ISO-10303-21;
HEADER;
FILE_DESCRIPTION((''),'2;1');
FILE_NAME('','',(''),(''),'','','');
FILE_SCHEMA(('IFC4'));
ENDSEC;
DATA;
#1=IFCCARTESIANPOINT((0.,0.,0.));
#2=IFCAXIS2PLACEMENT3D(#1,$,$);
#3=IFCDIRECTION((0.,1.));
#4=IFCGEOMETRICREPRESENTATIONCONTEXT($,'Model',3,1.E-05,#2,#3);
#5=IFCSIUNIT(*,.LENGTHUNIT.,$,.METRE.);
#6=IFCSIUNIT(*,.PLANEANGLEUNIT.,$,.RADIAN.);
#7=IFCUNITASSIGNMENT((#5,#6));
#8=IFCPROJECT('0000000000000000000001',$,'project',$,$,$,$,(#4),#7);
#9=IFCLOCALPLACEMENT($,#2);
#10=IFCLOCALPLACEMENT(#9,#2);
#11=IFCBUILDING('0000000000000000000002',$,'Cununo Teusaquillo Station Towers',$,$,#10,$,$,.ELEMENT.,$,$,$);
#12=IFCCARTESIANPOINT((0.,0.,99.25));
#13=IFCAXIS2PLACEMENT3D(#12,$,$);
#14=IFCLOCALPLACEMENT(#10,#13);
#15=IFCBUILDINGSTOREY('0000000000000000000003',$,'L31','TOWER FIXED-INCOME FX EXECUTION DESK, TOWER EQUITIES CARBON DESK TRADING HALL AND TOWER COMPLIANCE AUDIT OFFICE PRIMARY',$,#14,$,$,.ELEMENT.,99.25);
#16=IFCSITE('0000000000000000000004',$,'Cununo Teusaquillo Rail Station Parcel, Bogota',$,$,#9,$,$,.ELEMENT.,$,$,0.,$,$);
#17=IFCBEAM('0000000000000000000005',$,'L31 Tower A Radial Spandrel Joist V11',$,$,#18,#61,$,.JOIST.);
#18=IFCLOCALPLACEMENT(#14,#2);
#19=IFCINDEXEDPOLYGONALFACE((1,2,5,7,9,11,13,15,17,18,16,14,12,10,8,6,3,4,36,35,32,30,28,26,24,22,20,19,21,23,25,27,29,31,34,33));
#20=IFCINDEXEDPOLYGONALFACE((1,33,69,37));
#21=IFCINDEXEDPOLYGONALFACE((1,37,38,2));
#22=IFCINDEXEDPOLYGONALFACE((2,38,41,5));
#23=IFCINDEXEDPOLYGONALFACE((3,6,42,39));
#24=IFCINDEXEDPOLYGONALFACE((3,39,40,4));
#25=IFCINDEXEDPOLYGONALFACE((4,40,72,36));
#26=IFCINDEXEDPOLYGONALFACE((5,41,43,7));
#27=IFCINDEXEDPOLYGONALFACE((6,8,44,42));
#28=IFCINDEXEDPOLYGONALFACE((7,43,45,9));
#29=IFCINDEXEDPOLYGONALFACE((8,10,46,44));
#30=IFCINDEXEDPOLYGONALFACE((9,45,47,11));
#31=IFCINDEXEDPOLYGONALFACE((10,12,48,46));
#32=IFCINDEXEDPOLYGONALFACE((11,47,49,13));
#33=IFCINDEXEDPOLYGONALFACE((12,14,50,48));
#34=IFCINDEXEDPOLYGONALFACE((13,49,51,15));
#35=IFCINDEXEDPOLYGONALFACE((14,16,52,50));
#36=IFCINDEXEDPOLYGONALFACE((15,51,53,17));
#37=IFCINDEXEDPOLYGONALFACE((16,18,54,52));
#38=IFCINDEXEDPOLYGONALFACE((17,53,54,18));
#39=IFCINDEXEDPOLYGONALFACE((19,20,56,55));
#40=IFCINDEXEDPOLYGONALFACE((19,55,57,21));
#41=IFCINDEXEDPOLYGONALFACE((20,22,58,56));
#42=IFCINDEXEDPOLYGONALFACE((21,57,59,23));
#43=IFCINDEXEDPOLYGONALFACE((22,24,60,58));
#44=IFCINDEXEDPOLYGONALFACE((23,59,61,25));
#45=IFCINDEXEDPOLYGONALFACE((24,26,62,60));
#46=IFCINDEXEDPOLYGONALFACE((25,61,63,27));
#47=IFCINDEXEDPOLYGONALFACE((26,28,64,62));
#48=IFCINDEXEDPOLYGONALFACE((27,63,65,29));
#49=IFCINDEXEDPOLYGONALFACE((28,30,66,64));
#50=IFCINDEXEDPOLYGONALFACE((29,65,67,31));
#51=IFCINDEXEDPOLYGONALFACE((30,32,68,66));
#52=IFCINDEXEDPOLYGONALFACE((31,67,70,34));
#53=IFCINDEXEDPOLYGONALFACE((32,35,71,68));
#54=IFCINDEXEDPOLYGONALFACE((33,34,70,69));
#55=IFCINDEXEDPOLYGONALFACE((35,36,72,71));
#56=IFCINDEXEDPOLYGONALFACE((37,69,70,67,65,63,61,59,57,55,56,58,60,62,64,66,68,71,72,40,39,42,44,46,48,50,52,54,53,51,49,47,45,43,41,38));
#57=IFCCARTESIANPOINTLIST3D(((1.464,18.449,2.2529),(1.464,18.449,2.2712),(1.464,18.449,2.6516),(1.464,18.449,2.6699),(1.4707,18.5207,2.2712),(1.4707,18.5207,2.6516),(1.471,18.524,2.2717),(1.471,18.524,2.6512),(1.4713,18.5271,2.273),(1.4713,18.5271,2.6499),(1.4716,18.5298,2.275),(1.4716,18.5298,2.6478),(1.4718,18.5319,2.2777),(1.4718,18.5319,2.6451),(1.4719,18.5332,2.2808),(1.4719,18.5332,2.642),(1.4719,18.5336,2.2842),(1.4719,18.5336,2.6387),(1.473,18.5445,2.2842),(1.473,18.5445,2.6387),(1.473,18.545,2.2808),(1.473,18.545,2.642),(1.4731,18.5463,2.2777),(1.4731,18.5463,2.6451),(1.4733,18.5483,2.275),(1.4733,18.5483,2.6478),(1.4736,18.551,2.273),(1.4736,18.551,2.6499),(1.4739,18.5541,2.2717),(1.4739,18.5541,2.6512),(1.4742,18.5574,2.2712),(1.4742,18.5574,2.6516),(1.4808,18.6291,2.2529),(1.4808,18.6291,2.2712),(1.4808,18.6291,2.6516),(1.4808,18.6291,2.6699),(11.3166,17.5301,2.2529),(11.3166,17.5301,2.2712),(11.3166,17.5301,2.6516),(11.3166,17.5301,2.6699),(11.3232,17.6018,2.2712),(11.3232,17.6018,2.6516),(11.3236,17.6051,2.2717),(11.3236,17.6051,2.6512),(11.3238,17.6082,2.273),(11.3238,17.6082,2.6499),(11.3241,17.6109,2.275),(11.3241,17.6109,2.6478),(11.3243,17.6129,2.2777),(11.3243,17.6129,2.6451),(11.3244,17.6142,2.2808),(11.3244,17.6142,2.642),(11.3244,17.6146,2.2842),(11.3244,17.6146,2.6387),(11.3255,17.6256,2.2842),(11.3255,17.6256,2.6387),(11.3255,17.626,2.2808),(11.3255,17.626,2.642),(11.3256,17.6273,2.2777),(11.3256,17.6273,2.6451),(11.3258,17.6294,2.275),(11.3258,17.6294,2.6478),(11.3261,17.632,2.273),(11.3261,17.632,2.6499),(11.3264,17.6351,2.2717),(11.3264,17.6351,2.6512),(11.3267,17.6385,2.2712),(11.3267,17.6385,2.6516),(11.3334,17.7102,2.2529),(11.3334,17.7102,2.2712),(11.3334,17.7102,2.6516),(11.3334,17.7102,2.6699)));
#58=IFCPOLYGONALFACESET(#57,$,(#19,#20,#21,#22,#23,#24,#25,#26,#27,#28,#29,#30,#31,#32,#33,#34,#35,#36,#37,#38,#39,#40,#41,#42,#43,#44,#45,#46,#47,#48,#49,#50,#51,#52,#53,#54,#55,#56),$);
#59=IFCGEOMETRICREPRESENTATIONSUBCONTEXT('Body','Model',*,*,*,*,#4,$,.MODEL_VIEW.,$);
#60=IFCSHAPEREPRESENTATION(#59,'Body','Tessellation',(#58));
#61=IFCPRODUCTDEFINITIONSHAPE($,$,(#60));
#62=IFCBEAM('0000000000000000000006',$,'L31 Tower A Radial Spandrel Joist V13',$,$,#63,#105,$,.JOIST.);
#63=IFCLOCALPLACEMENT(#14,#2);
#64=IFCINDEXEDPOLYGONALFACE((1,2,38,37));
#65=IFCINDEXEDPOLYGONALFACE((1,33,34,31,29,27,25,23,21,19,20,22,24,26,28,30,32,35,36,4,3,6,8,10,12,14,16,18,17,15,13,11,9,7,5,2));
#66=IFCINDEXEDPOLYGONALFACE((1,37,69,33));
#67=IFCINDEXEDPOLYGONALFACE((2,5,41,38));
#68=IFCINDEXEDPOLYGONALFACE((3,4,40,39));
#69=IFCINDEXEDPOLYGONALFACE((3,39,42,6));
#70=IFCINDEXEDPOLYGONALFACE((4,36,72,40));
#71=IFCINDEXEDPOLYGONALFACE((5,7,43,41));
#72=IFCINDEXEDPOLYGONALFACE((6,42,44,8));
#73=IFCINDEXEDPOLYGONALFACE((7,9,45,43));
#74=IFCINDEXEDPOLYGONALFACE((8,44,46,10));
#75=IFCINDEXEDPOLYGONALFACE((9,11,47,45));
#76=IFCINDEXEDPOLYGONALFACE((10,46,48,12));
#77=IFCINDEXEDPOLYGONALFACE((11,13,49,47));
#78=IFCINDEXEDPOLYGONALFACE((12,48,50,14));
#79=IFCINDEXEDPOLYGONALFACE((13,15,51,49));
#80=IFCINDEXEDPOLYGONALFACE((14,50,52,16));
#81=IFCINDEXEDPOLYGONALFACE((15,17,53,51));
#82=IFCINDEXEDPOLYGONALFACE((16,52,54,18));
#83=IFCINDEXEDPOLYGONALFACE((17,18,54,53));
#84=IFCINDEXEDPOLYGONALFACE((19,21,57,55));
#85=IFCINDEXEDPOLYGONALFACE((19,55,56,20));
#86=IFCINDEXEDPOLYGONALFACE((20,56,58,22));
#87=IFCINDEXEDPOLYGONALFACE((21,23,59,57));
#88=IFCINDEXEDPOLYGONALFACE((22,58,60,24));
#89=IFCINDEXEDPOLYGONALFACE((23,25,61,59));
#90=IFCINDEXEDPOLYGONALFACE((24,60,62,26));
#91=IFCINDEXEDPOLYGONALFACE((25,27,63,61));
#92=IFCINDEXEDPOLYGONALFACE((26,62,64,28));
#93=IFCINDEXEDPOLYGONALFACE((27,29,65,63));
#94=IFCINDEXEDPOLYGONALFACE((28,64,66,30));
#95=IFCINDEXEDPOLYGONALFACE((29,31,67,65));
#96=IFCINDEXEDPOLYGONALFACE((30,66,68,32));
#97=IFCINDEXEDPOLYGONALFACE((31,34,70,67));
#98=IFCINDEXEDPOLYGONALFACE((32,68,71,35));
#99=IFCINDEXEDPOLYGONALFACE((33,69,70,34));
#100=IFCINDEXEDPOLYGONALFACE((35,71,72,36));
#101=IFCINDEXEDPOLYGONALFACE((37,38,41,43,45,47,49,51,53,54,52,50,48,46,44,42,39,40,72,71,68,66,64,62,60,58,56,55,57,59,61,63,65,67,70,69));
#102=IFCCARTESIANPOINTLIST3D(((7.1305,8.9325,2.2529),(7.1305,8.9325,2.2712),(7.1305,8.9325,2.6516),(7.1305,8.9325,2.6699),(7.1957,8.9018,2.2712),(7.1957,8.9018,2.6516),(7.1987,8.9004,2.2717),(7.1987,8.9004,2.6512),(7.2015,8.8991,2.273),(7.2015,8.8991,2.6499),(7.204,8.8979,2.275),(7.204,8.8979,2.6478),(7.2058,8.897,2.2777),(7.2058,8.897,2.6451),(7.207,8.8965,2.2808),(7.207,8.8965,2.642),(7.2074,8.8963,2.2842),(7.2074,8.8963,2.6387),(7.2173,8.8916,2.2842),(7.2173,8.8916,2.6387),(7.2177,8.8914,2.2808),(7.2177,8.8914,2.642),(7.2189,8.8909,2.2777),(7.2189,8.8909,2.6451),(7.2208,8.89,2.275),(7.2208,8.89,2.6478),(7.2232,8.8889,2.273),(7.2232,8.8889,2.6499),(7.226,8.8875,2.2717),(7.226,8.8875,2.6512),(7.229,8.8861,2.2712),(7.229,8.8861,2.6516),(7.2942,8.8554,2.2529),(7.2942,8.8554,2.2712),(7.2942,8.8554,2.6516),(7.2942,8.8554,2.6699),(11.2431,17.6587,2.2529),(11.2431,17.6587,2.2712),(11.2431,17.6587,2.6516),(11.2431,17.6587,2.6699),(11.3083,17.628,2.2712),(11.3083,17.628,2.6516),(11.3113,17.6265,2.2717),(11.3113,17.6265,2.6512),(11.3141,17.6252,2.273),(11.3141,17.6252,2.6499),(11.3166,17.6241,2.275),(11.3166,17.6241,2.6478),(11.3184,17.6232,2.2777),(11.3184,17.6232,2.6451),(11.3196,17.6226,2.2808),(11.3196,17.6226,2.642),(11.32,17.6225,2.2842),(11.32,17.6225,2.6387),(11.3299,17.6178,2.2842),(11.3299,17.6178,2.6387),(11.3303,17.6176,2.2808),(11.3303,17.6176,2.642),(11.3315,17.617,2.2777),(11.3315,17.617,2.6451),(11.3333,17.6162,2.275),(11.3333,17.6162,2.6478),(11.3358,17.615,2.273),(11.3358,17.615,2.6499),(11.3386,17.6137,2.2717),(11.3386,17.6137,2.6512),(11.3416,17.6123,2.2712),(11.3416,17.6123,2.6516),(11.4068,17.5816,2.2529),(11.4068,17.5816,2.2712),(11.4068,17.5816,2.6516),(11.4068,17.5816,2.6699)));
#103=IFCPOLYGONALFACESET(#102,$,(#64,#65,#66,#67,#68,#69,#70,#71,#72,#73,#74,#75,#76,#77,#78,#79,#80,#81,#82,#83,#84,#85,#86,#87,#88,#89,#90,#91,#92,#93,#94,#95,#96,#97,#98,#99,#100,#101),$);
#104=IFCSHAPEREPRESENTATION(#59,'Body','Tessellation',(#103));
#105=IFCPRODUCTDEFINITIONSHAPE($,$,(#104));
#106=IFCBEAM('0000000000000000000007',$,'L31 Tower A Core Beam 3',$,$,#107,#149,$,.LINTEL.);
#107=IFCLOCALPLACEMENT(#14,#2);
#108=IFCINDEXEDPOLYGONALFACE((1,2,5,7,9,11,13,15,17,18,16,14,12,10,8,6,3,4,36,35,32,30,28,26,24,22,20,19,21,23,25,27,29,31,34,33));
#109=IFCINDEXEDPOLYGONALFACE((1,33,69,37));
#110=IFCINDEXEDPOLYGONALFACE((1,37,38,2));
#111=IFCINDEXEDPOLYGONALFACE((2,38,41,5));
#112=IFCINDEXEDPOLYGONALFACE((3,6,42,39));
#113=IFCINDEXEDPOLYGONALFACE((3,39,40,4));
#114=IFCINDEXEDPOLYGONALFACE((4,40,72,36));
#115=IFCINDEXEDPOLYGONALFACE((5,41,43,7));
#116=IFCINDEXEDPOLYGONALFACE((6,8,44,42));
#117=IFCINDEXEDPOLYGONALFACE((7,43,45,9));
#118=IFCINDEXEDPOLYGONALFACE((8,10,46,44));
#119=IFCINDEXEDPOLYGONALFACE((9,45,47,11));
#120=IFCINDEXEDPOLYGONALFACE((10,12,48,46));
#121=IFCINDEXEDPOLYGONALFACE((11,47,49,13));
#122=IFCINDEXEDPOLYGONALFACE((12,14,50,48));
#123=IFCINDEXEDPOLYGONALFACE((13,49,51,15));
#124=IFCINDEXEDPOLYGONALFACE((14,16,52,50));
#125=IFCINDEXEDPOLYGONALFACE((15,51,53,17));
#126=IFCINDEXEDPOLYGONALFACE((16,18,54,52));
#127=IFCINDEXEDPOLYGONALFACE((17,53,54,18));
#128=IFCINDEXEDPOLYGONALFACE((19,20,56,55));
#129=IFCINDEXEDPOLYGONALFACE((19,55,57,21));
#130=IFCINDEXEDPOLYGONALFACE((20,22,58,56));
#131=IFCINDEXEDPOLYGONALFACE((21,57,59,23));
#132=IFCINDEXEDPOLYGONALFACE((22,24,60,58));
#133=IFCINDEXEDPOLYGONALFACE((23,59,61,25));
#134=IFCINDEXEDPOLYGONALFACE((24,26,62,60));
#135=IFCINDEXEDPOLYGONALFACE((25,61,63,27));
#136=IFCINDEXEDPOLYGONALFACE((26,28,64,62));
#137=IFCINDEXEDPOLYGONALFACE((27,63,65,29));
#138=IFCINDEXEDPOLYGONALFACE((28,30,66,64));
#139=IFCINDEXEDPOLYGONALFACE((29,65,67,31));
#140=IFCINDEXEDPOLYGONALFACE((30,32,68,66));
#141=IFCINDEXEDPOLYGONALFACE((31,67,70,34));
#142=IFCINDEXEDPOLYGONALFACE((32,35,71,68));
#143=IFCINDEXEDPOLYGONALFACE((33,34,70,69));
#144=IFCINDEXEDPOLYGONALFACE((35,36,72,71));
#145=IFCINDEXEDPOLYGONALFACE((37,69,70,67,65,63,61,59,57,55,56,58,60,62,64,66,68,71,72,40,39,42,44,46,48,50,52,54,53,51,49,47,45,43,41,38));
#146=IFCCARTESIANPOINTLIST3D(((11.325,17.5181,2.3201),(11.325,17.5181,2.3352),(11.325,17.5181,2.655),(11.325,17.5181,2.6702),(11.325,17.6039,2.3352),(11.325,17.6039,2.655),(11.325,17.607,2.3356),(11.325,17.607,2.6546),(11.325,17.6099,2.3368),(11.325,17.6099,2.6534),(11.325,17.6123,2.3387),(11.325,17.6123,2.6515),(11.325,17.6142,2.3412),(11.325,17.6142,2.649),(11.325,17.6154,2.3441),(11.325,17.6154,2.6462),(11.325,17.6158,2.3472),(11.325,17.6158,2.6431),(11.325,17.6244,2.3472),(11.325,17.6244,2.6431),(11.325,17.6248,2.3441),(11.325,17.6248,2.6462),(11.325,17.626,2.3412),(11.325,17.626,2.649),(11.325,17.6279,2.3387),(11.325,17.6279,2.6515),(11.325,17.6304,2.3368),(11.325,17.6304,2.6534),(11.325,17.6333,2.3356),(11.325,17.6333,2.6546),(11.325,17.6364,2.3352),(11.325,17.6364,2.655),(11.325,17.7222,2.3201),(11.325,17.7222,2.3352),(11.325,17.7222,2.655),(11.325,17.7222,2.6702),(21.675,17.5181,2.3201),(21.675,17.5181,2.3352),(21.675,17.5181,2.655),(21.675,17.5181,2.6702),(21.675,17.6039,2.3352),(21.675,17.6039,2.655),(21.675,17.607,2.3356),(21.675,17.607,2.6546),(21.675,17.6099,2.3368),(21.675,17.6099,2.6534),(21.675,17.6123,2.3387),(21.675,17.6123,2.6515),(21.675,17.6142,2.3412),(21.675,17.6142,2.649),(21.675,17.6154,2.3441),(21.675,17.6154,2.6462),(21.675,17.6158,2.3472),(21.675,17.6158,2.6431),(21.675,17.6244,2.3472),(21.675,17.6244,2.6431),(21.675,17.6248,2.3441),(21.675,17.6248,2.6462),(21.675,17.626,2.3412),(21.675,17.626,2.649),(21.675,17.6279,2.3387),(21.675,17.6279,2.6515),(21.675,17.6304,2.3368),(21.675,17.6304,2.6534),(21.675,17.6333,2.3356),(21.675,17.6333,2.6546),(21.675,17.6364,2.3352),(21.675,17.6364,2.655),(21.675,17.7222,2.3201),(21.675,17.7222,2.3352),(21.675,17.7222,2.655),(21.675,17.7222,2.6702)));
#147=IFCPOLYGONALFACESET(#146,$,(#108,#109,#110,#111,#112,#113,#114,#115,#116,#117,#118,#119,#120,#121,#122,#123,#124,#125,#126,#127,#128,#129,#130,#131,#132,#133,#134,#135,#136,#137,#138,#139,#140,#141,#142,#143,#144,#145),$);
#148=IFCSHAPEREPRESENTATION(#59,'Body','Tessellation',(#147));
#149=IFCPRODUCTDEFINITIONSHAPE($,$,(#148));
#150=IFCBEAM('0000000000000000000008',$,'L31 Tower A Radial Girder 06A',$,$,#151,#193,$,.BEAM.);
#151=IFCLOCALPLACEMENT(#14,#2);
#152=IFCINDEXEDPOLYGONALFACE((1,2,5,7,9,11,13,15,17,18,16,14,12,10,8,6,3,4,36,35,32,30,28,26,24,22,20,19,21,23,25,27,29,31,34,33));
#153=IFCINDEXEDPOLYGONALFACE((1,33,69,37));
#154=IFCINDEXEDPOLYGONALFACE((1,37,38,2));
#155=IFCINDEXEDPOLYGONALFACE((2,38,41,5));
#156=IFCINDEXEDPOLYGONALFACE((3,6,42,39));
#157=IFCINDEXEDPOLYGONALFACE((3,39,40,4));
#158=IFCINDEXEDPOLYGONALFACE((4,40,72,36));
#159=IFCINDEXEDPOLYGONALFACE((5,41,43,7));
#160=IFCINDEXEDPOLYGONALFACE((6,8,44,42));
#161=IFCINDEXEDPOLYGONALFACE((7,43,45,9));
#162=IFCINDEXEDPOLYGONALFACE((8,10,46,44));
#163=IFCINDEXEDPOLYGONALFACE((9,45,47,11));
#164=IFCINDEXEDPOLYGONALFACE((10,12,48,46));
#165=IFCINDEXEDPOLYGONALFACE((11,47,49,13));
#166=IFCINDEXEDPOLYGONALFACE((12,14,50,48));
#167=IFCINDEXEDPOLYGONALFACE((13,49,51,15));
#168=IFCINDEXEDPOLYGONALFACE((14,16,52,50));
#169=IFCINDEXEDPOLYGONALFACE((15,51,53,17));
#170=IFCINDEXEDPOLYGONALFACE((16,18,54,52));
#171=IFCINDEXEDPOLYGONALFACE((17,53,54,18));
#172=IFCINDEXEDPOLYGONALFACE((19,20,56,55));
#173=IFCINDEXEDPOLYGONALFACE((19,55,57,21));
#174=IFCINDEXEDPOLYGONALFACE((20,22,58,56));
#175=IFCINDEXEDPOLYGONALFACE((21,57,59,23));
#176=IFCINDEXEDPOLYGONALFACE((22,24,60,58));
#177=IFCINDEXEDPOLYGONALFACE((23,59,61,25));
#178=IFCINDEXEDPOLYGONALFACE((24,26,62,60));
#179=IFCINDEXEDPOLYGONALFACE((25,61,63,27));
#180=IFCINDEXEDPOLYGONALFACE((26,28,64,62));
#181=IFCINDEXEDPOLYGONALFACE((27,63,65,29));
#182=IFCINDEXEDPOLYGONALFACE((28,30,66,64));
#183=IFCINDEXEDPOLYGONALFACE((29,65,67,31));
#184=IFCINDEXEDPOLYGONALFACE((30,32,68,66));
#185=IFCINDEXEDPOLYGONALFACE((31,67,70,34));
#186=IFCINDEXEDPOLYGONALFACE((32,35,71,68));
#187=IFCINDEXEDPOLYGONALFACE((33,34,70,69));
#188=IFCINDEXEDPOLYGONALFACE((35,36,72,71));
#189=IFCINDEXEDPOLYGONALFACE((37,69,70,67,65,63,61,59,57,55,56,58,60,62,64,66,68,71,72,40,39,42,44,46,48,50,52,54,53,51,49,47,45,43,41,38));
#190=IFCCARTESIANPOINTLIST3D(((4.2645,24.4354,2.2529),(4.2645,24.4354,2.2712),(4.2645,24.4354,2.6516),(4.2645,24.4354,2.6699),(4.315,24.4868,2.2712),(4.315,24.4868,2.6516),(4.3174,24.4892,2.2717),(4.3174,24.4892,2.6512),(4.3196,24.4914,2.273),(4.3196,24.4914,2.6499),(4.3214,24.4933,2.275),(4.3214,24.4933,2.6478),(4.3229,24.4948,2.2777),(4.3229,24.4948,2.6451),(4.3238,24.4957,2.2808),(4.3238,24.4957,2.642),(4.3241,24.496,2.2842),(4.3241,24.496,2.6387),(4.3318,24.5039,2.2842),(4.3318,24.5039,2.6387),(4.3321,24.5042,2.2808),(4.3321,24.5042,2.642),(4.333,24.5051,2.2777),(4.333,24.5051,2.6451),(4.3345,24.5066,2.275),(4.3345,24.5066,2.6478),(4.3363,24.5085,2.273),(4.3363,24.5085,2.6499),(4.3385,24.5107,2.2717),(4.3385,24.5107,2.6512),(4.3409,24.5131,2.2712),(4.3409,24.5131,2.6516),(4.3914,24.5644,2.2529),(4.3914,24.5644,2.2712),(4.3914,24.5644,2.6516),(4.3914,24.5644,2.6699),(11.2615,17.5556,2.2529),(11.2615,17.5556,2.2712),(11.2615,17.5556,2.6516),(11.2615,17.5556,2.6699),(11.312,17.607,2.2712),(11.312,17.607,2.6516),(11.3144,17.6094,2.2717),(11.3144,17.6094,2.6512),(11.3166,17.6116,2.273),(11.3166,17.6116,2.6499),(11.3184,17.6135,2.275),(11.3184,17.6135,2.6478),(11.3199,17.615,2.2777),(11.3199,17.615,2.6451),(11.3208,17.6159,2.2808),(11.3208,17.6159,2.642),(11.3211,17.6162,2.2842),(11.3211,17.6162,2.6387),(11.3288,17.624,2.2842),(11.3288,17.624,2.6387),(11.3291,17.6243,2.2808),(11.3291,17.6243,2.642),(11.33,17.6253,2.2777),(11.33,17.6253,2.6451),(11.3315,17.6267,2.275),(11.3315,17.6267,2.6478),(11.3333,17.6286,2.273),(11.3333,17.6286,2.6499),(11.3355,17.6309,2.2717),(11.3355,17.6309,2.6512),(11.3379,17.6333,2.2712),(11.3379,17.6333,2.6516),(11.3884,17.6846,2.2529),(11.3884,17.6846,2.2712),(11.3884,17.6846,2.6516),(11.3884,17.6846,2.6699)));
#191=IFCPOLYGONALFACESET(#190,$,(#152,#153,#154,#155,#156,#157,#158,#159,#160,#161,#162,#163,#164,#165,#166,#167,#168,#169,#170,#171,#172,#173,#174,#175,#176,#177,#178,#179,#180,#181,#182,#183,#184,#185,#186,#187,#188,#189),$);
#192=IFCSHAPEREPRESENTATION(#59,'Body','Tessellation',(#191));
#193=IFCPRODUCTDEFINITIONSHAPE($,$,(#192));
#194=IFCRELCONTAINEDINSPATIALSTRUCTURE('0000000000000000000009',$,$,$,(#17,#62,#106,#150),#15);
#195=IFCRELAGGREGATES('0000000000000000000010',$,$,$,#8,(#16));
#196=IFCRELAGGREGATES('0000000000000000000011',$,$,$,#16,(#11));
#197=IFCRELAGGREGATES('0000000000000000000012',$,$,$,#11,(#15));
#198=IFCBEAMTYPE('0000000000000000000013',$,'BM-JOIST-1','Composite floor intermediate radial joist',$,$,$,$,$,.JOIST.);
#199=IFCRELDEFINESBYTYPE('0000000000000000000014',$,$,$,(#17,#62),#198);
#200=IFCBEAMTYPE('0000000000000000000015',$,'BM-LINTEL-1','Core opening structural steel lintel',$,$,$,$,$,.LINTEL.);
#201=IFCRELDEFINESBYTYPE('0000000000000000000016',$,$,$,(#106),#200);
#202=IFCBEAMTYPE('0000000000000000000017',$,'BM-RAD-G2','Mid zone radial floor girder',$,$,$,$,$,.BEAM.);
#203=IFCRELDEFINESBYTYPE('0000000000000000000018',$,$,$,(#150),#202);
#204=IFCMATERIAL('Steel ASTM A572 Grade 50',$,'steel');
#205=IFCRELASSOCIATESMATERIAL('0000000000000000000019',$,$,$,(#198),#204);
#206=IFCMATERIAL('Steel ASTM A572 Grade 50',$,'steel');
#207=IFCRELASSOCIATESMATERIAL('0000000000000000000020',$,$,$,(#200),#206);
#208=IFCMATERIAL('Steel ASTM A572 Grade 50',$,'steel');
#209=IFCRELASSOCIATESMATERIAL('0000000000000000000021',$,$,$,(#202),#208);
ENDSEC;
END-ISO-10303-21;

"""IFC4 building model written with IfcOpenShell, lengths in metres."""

from ifc_helpers import new_model, si_unit, direction, frame, origin, origin_2d, place, context, subcontext, project, spatial, i_section, extrude, material, material_profile, profile_set, type_object, element, save


model = new_model("IFC4")

# Units and contexts
model_context = context("Model", 3, precision=1e-05, world=origin(), true_north=direction((0.0, 1.0)))
body_context = subcontext(model_context, "Body", "Model", "MODEL_VIEW")
ifc_project = project(units=[si_unit("LENGTHUNIT", "METRE"), si_unit("PLANEANGLEUNIT", "RADIAN")], contexts=[model_context])

# Site, building, storey
site_placement = place(None, origin())
site = spatial("IfcSite", under=ifc_project, at=site_placement, Name="Cununo Teusaquillo Rail Station Parcel, Bogota", CompositionType="ELEMENT", RefElevation=0.0)
building_placement = place(site_placement, origin())
building = spatial("IfcBuilding", under=site, at=building_placement, Name="Cununo Teusaquillo Station Towers", CompositionType="ELEMENT")
storey_placement = place(building_placement, frame((0.0, 0.0, 99.25)))
storey = spatial("IfcBuildingStorey", under=building, at=storey_placement, Name="L31", Description="TOWER FIXED-INCOME FX EXECUTION DESK, TOWER EQUITIES CARBON DESK TRADING HALL AND TOWER COMPLIANCE AUDIT OFFICE PRIMARY", CompositionType="ELEMENT", Elevation=99.25)

# Beams
ifc_material_1 = material(Name="Steel ASTM A572 Grade 50", Category="steel")
ifc_material_profile_1 = material_profile(ifc_material_1, i_section(OverallWidth=0.1809, OverallDepth=0.417, WebThickness=0.011, FlangeThickness=0.0183, FilletRadius=0.0129, at=origin_2d()), Name="W16X57")
ifc_profile_set_1 = profile_set([ifc_material_profile_1], Name="Steel ASTM A572 Grade 50")
beam_type_1 = type_object("IfcBeamType", Name="BM-JOIST-1", Description="Composite floor intermediate radial joist", PredefinedType="JOIST", material=ifc_profile_set_1)
beam_1_placement = place(storey_placement, frame((11.325, 17.6201, 2.4614), z_axis=(-0.995679, 0.092867, 0.0), x_axis=(-0.092867, -0.995679, 0.0)))
element("IfcBeam", 1, at=beam_1_placement, inside=storey, type_object=beam_type_1, Name="L31 Tower A Radial Spandrel Joist V11", PredefinedType="JOIST", context=body_context, shape_type="SweptSolid", body=[
    extrude(i_section(OverallWidth=0.1809, OverallDepth=0.417, WebThickness=0.011, FlangeThickness=0.0183, FilletRadius=0.0129, at=origin_2d()), origin(), (0.0, 0.0, 1.0), 9.8953),
])
beam_2_placement = place(storey_placement, frame((11.325, 17.6201, 2.4614), z_axis=(-0.42632, -0.904572, 0.0), x_axis=(0.904572, -0.42632, 0.0)))
element("IfcBeam", 2, at=beam_2_placement, inside=storey, type_object=beam_type_1, Name="L31 Tower A Radial Spandrel Joist V13", PredefinedType="JOIST", context=body_context, shape_type="SweptSolid", body=[
    extrude(i_section(OverallWidth=0.1809, OverallDepth=0.417, WebThickness=0.011, FlangeThickness=0.0183, FilletRadius=0.0129, at=origin_2d()), origin(), (0.0, 0.0, 1.0), 9.6467),
])
ifc_material_2 = material(Name="Steel ASTM A572 Grade 50", Category="steel")
ifc_material_profile_2 = material_profile(ifc_material_2, i_section(OverallWidth=0.2041, OverallDepth=0.3501, WebThickness=0.0085, FlangeThickness=0.0151, FilletRadius=0.012, at=origin_2d()), Name="W14X48")
ifc_profile_set_2 = profile_set([ifc_material_profile_2], Name="Steel ASTM A572 Grade 50")
beam_type_2 = type_object("IfcBeamType", Name="BM-LINTEL-1", Description="Core opening structural steel lintel", PredefinedType="LINTEL", material=ifc_profile_set_2)
beam_3_placement = place(storey_placement, frame((11.325, 17.6201, 2.4951), z_axis=(1.0, 0.0, 0.0), x_axis=(0.0, 1.0, 0.0)))
element("IfcBeam", 3, at=beam_3_placement, inside=storey, type_object=beam_type_2, Name="L31 Tower A Core Beam 3", PredefinedType="LINTEL", context=body_context, shape_type="SweptSolid", body=[
    extrude(i_section(OverallWidth=0.2041, OverallDepth=0.3501, WebThickness=0.0085, FlangeThickness=0.0151, FilletRadius=0.012, at=origin_2d()), origin(), (0.0, 0.0, 1.0), 10.3501),
])
ifc_material_3 = material(Name="Steel ASTM A572 Grade 50", Category="steel")
ifc_material_profile_3 = material_profile(ifc_material_3, i_section(OverallWidth=0.1809, OverallDepth=0.417, WebThickness=0.011, FlangeThickness=0.0183, FilletRadius=0.0129, at=origin_2d()), Name="W16X57")
ifc_profile_set_3 = profile_set([ifc_material_profile_3], Name="Steel ASTM A572 Grade 50")
beam_type_3 = type_object("IfcBeamType", Name="BM-RAD-G2", Description="Mid zone radial floor girder", PredefinedType="BEAM", material=ifc_profile_set_3)
beam_4_placement = place(storey_placement, frame((11.325, 17.6201, 2.4614), z_axis=(-0.713053, 0.70111, 0.0), x_axis=(-0.70111, -0.713053, 0.0)))
element("IfcBeam", 4, at=beam_4_placement, inside=storey, type_object=beam_type_3, Name="L31 Tower A Radial Girder 06A", PredefinedType="BEAM", context=body_context, shape_type="SweptSolid", body=[
    extrude(i_section(OverallWidth=0.1809, OverallDepth=0.417, WebThickness=0.011, FlangeThickness=0.0183, FilletRadius=0.0129, at=origin_2d()), origin(), (0.0, 0.0, 1.0), 9.8127),
])

save(model, "model.ifc")
